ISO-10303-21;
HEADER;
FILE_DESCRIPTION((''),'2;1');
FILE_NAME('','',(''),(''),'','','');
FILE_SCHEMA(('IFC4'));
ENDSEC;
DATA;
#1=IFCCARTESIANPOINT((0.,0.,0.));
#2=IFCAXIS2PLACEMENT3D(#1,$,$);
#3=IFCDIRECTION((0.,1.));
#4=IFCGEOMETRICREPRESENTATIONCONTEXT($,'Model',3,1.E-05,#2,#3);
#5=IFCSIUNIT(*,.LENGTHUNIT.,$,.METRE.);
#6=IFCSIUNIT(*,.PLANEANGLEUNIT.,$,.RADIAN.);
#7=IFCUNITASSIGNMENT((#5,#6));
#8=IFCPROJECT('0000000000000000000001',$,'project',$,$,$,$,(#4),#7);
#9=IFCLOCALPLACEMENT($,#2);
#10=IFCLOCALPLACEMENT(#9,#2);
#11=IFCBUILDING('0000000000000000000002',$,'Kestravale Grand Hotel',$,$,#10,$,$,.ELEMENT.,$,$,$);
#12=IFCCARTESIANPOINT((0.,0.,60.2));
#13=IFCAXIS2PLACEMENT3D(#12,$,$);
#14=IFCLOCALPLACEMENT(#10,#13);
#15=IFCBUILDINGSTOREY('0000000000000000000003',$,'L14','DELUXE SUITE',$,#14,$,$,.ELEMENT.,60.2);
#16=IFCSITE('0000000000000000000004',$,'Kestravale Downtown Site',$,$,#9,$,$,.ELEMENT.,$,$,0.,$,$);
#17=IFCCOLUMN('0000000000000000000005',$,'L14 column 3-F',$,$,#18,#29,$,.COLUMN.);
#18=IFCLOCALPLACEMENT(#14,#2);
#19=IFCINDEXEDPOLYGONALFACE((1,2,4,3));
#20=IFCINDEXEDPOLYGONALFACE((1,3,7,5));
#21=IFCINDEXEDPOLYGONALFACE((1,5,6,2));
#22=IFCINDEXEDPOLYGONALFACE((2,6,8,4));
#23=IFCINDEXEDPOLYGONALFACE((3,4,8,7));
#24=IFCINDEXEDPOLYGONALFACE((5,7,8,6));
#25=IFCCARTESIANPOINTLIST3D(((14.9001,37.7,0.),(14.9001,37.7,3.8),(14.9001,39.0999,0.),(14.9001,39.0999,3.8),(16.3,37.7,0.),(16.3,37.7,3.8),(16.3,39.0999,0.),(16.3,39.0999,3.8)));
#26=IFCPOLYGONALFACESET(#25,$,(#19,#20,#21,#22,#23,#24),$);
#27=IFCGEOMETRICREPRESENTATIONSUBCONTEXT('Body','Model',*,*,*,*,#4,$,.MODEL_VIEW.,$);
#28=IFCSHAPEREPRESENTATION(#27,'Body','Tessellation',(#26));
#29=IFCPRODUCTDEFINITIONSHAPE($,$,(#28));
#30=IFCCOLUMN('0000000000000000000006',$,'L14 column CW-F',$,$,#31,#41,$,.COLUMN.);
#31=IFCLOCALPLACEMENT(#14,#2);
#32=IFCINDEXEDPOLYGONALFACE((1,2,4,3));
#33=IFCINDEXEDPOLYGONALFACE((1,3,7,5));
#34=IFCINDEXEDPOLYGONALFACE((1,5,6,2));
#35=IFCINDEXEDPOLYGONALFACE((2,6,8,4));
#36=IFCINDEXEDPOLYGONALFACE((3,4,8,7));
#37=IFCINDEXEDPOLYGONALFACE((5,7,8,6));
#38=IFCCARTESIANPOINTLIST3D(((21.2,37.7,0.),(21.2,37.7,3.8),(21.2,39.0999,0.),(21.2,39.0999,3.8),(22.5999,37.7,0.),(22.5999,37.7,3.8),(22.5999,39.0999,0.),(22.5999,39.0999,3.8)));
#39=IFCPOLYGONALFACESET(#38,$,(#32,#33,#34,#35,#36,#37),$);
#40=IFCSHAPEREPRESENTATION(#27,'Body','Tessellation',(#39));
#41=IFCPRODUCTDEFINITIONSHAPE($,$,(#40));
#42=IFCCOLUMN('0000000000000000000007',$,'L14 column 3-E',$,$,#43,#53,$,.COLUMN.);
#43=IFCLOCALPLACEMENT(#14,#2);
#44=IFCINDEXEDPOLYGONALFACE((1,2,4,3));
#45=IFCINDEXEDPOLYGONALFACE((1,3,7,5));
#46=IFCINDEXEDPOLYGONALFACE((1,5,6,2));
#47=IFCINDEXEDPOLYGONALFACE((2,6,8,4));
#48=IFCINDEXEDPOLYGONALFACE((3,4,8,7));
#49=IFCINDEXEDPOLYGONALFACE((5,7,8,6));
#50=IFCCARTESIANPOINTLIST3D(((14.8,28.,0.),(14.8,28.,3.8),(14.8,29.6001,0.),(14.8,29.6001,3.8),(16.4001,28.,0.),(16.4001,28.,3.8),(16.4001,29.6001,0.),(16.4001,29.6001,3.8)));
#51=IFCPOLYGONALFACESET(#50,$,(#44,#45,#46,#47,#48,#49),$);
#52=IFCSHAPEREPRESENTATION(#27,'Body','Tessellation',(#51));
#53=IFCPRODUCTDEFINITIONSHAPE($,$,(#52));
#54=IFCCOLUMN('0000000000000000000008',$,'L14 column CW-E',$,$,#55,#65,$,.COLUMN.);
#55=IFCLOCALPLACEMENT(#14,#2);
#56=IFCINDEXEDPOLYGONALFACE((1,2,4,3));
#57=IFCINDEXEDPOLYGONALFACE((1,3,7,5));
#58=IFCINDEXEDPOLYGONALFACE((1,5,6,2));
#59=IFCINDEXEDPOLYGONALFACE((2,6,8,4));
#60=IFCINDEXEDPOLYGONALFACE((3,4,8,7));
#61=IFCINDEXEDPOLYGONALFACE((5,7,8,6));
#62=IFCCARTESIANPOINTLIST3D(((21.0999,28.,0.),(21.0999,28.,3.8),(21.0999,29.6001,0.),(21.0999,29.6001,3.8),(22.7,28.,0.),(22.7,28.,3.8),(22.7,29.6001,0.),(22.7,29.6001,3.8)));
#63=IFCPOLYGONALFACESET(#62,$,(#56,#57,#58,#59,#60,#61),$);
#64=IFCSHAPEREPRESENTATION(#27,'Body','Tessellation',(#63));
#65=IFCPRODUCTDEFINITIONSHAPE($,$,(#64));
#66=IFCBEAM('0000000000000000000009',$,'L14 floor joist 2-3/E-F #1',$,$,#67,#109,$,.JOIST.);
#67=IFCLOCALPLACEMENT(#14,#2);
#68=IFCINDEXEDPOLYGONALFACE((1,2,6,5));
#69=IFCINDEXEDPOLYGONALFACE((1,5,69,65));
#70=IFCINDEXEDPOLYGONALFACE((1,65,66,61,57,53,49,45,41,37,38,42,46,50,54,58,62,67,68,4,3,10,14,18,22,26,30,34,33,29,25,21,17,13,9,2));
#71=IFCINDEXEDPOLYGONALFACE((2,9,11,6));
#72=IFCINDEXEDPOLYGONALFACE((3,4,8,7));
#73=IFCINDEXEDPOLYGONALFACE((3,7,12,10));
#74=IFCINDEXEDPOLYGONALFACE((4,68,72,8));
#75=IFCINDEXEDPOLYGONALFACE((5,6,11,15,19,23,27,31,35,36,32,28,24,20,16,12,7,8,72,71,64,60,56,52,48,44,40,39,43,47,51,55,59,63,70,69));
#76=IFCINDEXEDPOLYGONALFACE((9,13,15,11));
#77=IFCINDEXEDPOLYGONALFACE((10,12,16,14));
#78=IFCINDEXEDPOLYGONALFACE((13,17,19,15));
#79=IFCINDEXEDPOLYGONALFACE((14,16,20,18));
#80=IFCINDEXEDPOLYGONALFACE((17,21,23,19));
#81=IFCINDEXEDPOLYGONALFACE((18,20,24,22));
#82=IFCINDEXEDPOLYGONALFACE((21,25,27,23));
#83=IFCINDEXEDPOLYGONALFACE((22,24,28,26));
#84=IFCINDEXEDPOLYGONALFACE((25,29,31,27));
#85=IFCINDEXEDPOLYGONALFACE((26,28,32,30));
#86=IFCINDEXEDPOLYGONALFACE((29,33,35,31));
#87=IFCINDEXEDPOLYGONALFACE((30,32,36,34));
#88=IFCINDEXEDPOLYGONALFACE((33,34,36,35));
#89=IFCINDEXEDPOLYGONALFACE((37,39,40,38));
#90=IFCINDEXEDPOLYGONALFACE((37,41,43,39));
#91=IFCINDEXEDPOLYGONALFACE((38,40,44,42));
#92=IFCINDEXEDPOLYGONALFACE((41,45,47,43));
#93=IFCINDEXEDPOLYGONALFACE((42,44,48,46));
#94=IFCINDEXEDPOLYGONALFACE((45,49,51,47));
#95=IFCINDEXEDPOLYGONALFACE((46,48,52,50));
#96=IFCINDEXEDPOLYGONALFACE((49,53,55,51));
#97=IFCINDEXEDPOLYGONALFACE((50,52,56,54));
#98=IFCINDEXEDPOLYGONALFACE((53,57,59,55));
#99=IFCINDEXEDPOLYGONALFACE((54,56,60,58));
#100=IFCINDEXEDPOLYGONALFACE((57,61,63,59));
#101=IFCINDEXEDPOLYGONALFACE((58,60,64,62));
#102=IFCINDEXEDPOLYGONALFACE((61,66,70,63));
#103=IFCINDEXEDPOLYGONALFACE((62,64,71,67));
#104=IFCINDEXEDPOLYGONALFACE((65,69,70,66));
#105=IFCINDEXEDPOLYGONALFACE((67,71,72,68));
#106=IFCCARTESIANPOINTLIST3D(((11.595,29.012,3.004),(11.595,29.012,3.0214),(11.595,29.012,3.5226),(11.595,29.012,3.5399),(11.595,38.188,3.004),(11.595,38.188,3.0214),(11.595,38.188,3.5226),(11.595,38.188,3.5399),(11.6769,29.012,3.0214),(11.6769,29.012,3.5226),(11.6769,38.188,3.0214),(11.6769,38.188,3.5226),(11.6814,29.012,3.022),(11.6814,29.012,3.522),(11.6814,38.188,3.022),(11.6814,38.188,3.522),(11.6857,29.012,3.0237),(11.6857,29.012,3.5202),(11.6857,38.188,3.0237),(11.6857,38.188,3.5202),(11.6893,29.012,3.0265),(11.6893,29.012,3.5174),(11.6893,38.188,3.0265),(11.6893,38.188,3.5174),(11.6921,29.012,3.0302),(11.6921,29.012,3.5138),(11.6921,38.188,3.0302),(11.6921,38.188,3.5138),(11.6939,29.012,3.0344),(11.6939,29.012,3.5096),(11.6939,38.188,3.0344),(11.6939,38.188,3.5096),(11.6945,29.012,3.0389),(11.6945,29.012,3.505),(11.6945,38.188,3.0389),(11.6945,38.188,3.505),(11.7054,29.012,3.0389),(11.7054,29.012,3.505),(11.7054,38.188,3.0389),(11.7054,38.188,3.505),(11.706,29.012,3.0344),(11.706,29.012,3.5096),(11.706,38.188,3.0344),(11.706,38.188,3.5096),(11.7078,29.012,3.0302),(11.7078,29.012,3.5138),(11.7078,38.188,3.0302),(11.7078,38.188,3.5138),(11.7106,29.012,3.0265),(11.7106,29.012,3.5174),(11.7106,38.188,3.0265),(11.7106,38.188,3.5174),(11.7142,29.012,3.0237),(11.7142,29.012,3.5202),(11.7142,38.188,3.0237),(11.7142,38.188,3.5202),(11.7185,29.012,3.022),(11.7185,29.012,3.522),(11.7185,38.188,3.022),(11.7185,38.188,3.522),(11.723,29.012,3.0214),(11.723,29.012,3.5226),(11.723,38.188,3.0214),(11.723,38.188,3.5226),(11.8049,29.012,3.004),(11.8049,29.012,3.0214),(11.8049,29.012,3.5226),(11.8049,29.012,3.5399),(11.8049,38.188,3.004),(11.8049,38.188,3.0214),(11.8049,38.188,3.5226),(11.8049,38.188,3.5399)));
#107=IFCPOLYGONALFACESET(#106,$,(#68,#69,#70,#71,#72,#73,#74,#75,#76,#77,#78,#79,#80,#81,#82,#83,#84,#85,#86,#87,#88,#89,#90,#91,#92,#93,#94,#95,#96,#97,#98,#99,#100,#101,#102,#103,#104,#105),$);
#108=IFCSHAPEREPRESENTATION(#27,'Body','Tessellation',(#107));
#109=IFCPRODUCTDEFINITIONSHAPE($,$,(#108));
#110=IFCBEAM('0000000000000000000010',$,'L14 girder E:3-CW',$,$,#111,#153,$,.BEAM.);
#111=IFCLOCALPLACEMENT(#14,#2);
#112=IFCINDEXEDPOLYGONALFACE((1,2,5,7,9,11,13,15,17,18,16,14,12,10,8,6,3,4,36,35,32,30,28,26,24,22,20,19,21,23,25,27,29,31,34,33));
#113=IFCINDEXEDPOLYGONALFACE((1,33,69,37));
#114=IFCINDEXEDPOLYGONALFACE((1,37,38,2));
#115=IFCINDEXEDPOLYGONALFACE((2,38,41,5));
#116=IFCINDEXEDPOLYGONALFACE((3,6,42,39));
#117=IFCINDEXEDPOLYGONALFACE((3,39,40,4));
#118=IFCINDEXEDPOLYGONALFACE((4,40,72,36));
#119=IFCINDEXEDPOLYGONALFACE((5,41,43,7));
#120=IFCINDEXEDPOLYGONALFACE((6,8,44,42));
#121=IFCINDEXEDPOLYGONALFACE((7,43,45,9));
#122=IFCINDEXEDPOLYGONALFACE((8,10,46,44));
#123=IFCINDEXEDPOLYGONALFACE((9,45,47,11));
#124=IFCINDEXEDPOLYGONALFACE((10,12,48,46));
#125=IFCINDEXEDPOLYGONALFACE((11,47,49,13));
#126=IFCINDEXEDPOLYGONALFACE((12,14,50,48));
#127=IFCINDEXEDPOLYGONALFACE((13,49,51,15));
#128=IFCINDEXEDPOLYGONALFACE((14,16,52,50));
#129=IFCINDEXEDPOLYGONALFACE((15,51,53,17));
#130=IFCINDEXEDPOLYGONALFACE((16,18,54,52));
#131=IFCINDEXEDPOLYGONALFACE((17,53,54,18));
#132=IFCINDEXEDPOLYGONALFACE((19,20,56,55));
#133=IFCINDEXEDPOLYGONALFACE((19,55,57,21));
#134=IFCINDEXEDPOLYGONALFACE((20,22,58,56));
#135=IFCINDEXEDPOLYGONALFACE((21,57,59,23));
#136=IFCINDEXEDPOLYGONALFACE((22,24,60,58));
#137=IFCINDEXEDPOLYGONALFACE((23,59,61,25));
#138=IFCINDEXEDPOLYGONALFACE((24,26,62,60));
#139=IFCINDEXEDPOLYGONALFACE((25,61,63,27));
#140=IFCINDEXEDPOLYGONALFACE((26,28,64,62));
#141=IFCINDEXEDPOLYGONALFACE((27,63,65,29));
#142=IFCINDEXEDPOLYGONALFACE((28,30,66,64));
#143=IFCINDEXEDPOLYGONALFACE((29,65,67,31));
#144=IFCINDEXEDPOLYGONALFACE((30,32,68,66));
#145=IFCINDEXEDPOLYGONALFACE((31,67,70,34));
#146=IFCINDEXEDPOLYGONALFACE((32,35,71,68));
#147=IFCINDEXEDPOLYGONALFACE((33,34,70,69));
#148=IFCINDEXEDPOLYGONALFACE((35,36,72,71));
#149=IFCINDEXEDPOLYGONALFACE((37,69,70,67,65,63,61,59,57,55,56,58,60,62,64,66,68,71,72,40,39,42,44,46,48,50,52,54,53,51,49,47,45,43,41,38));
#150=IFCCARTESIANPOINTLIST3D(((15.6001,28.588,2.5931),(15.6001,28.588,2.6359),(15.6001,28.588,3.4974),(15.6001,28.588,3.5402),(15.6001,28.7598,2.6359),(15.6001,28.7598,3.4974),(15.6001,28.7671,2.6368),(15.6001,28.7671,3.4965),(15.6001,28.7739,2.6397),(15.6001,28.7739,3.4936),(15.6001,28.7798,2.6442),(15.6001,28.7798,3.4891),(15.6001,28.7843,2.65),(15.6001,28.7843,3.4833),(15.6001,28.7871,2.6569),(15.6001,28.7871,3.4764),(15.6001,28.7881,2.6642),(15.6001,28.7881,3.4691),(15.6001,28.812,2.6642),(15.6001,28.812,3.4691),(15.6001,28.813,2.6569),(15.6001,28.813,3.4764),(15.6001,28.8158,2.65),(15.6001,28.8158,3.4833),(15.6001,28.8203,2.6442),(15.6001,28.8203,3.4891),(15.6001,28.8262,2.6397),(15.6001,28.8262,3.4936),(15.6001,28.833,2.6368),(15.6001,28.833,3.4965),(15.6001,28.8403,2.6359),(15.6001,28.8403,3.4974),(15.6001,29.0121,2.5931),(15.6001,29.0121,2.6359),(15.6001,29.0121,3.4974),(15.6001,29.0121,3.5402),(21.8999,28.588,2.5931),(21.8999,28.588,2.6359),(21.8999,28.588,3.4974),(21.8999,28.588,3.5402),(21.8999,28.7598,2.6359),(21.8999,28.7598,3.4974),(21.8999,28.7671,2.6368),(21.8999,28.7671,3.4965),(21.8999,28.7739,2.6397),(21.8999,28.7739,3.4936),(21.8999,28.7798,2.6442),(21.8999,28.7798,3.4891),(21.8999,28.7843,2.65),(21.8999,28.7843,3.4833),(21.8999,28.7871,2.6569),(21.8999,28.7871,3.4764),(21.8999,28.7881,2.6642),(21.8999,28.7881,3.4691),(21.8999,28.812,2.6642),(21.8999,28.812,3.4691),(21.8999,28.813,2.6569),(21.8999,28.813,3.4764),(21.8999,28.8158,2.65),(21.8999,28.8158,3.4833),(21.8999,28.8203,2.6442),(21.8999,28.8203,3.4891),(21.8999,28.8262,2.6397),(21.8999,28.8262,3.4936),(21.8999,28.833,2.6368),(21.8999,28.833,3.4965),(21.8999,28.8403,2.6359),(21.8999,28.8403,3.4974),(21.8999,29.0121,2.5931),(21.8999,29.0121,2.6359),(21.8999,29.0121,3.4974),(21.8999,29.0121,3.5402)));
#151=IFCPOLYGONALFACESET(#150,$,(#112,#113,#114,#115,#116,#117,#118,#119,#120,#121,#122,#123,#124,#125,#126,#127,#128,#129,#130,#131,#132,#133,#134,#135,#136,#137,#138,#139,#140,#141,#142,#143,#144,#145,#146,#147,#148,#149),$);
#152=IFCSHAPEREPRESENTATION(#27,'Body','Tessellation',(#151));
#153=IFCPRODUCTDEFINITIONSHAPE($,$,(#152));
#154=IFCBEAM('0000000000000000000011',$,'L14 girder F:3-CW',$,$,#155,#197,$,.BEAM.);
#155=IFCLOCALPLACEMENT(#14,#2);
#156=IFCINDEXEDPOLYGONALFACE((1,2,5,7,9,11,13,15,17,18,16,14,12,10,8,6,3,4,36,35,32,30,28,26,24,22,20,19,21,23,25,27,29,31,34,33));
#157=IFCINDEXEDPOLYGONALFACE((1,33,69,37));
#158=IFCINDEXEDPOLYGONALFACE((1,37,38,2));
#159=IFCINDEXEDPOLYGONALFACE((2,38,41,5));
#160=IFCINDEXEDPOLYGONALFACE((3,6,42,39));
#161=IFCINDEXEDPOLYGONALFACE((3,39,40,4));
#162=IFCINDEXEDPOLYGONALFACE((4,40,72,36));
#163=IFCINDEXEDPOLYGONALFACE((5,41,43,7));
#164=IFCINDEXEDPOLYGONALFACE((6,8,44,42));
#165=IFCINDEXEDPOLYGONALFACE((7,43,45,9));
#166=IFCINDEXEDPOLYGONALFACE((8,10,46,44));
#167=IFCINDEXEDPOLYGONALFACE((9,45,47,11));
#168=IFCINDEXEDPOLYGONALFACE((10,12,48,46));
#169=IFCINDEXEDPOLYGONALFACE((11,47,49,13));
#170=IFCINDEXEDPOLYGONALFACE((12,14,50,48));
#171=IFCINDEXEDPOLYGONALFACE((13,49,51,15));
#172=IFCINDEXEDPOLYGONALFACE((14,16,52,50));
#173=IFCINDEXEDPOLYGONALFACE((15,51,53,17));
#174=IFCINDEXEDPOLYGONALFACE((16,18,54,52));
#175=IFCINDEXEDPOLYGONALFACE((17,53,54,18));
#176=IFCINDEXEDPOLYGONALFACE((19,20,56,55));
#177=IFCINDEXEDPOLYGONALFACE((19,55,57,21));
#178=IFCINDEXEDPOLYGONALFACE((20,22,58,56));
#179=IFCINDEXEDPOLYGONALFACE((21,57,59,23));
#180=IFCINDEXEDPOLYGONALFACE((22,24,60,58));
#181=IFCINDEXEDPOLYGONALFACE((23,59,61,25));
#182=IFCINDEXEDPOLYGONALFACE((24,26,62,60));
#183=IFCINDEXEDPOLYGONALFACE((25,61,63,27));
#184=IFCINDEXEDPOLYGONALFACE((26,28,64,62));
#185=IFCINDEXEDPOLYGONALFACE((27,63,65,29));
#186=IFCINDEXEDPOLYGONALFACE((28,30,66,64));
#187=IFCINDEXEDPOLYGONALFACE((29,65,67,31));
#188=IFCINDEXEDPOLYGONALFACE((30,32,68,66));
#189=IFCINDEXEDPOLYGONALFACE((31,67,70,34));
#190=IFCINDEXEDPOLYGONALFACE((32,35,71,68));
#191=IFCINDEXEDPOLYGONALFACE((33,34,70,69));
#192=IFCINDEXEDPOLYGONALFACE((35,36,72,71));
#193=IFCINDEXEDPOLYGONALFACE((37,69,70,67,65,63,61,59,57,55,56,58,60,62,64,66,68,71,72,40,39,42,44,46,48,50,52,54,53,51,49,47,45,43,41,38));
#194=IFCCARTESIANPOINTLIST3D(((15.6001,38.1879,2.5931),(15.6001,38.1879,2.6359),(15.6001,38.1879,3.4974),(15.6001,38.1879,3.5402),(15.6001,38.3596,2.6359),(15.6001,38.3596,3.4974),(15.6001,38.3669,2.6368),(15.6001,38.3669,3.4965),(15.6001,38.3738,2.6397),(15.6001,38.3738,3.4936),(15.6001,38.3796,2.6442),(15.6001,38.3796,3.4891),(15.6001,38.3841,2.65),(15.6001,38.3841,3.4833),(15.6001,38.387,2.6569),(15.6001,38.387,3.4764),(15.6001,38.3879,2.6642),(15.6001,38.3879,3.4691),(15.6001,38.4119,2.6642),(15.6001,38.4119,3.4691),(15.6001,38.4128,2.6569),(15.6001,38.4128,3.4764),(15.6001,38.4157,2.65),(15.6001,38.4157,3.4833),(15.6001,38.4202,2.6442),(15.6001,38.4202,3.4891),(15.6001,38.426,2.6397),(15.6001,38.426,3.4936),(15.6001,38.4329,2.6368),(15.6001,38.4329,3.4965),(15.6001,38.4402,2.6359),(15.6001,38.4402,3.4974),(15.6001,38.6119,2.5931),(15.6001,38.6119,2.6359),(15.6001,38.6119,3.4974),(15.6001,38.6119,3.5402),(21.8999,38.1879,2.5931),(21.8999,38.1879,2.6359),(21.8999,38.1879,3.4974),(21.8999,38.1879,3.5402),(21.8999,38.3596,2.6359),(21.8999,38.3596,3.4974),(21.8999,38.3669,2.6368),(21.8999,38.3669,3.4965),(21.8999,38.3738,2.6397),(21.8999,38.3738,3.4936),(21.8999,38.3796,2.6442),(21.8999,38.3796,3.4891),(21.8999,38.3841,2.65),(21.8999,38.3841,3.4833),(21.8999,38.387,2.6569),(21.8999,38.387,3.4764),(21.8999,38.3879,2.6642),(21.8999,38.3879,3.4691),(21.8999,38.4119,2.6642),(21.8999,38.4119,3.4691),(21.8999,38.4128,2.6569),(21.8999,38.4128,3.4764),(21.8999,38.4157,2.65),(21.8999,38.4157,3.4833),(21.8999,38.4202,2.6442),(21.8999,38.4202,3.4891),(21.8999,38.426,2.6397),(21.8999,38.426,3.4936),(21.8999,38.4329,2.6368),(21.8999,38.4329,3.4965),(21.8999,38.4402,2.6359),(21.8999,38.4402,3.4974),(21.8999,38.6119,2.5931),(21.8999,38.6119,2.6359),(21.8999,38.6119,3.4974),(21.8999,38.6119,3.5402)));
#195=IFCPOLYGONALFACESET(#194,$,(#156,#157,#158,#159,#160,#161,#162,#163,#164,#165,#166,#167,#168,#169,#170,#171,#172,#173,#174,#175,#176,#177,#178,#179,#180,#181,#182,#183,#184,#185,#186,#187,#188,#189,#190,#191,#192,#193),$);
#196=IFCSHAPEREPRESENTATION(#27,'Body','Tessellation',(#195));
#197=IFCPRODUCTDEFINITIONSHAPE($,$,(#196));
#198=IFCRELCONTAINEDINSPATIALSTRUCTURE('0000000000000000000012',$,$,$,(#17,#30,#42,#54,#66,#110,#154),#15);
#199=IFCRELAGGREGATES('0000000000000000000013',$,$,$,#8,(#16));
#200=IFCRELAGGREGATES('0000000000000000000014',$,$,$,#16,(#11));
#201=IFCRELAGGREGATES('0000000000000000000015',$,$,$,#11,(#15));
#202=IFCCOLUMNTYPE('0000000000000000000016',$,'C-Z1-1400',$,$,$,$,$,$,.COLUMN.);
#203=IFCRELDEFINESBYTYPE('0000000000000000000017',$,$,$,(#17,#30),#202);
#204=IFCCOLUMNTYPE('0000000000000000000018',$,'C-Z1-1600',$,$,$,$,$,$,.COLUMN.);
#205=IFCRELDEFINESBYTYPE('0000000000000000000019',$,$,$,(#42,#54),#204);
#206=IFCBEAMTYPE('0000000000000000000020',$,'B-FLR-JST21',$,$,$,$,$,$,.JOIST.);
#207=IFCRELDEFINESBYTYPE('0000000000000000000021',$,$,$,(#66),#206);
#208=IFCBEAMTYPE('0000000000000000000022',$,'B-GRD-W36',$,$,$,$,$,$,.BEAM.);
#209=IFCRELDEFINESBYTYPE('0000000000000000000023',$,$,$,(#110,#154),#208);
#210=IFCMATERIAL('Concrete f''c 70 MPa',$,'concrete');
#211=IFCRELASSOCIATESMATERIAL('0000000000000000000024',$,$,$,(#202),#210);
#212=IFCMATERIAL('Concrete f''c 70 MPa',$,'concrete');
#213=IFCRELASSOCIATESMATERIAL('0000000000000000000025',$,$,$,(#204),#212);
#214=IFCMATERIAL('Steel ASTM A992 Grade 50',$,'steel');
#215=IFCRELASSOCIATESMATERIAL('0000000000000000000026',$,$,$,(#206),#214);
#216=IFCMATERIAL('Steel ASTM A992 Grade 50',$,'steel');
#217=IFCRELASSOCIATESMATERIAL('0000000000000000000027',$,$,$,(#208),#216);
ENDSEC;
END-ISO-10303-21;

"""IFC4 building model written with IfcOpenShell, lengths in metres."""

from ifc_helpers import new_model, si_unit, direction, frame, origin, origin_2d, place, context, subcontext, project, spatial, rectangle, i_section, extrude, material, material_profile, profile_set, type_object, element, save


model = new_model("IFC4")

# Units and contexts
model_context = context("Model", 3, precision=1e-05, world=origin(), true_north=direction((0.0, 1.0)))
body_context = subcontext(model_context, "Body", "Model", "MODEL_VIEW")
ifc_project = project(units=[si_unit("LENGTHUNIT", "METRE"), si_unit("PLANEANGLEUNIT", "RADIAN")], contexts=[model_context])

# Site, building, storey
site_placement = place(None, origin())
site = spatial("IfcSite", under=ifc_project, at=site_placement, Name="Kestravale Downtown Site", CompositionType="ELEMENT", RefElevation=0.0)
building_placement = place(site_placement, origin())
building = spatial("IfcBuilding", under=site, at=building_placement, Name="Kestravale Grand Hotel", CompositionType="ELEMENT")
storey_placement = place(building_placement, frame((0.0, 0.0, 60.2)))
storey = spatial("IfcBuildingStorey", under=building, at=storey_placement, Name="L14", Description="DELUXE SUITE", CompositionType="ELEMENT", Elevation=60.2)

# Columns
ifc_material_1 = material(Name="Concrete f'c 70 MPa", Category="concrete")
ifc_material_profile_1 = material_profile(ifc_material_1, rectangle(XDim=1.3999, YDim=1.3999, at=origin_2d()))
ifc_profile_set_1 = profile_set([ifc_material_profile_1], Name="Concrete f'c 70 MPa")
column_type_1 = type_object("IfcColumnType", Name="C-Z1-1400", PredefinedType="COLUMN", material=ifc_profile_set_1)
for number, where, z_axis, x_axis, name in (
    (1, (15.6001, 38.3999, 0.0), (0.0, 0.0, 1.0), (1.0, 0.0, 0.0), "L14 column 3-F"),
    (2, (21.8999, 38.3999, 0.0), (0.0, 0.0, 1.0), (1.0, 0.0, 0.0), "L14 column CW-F"),
):
    element("IfcColumn", number, at=place(storey_placement, frame(where, z_axis=z_axis, x_axis=x_axis)), inside=storey, type_object=column_type_1, Name=name, PredefinedType="COLUMN", context=body_context, shape_type="SweptSolid", body=[
        extrude(rectangle(XDim=1.3999, YDim=1.3999, at=origin_2d()), origin(), (0.0, 0.0, 1.0), 3.8),
    ])
ifc_material_2 = material(Name="Concrete f'c 70 MPa", Category="concrete")
ifc_material_profile_2 = material_profile(ifc_material_2, rectangle(XDim=1.6001, YDim=1.6001, at=origin_2d()))
ifc_profile_set_2 = profile_set([ifc_material_profile_2], Name="Concrete f'c 70 MPa")
column_type_2 = type_object("IfcColumnType", Name="C-Z1-1600", PredefinedType="COLUMN", material=ifc_profile_set_2)
for number, where, z_axis, x_axis, name in (
    (3, (15.6001, 28.8, 0.0), (0.0, 0.0, 1.0), (1.0, 0.0, 0.0), "L14 column 3-E"),
    (4, (21.8999, 28.8, 0.0), (0.0, 0.0, 1.0), (1.0, 0.0, 0.0), "L14 column CW-E"),
):
    element("IfcColumn", number, at=place(storey_placement, frame(where, z_axis=z_axis, x_axis=x_axis)), inside=storey, type_object=column_type_2, Name=name, PredefinedType="COLUMN", context=body_context, shape_type="SweptSolid", body=[
        extrude(rectangle(XDim=1.6001, YDim=1.6001, at=origin_2d()), origin(), (0.0, 0.0, 1.0), 3.8),
    ])

# Beams
ifc_material_3 = material(Name="Steel ASTM A992 Grade 50", Category="steel")
ifc_material_profile_3 = material_profile(ifc_material_3, i_section(OverallWidth=0.21, OverallDepth=0.5359, WebThickness=0.011, FlangeThickness=0.0173, FilletRadius=0.0176, at=origin_2d()))
ifc_profile_set_3 = profile_set([ifc_material_profile_3], Name="Steel ASTM A992 Grade 50")
beam_type_1 = type_object("IfcBeamType", Name="B-FLR-JST21", PredefinedType="JOIST", material=ifc_profile_set_3)
beam_1_placement = place(storey_placement, frame((11.7, 29.012, 3.272), z_axis=(0.0, 1.0, 0.0), x_axis=(-1.0, 0.0, 0.0)))
element("IfcBeam", 5, at=beam_1_placement, inside=storey, type_object=beam_type_1, Name="L14 floor joist 2-3/E-F #1", PredefinedType="JOIST", context=body_context, shape_type="SweptSolid", body=[
    extrude(i_section(OverallWidth=0.21, OverallDepth=0.5359, WebThickness=0.011, FlangeThickness=0.0173, FilletRadius=0.0176, at=origin_2d()), origin(), (0.0, 0.0, 1.0), 9.176),
])
ifc_material_4 = material(Name="Steel ASTM A992 Grade 50", Category="steel")
ifc_material_profile_4 = material_profile(ifc_material_4, i_section(OverallWidth=0.4241, OverallDepth=0.947, WebThickness=0.0239, FlangeThickness=0.0427, FilletRadius=0.0283, at=origin_2d()))
ifc_profile_set_4 = profile_set([ifc_material_profile_4], Name="Steel ASTM A992 Grade 50")
beam_type_2 = type_object("IfcBeamType", Name="B-GRD-W36", PredefinedType="BEAM", material=ifc_profile_set_4)
for number, where, z_axis, x_axis, name in (
    (6, (15.6001, 28.8, 3.0667), (1.0, 0.0, 0.0), (0.0, 1.0, 0.0), "L14 girder E:3-CW"),
    (7, (15.6001, 38.3999, 3.0667), (1.0, 0.0, 0.0), (0.0, 1.0, 0.0), "L14 girder F:3-CW"),
):
    element("IfcBeam", number, at=place(storey_placement, frame(where, z_axis=z_axis, x_axis=x_axis)), inside=storey, type_object=beam_type_2, Name=name, PredefinedType="BEAM", context=body_context, shape_type="SweptSolid", body=[
        extrude(i_section(OverallWidth=0.4241, OverallDepth=0.947, WebThickness=0.0239, FlangeThickness=0.0427, FilletRadius=0.0283, at=origin_2d()), origin(), (0.0, 0.0, 1.0), 6.2998),
    ])

save(model, "model.ifc")
